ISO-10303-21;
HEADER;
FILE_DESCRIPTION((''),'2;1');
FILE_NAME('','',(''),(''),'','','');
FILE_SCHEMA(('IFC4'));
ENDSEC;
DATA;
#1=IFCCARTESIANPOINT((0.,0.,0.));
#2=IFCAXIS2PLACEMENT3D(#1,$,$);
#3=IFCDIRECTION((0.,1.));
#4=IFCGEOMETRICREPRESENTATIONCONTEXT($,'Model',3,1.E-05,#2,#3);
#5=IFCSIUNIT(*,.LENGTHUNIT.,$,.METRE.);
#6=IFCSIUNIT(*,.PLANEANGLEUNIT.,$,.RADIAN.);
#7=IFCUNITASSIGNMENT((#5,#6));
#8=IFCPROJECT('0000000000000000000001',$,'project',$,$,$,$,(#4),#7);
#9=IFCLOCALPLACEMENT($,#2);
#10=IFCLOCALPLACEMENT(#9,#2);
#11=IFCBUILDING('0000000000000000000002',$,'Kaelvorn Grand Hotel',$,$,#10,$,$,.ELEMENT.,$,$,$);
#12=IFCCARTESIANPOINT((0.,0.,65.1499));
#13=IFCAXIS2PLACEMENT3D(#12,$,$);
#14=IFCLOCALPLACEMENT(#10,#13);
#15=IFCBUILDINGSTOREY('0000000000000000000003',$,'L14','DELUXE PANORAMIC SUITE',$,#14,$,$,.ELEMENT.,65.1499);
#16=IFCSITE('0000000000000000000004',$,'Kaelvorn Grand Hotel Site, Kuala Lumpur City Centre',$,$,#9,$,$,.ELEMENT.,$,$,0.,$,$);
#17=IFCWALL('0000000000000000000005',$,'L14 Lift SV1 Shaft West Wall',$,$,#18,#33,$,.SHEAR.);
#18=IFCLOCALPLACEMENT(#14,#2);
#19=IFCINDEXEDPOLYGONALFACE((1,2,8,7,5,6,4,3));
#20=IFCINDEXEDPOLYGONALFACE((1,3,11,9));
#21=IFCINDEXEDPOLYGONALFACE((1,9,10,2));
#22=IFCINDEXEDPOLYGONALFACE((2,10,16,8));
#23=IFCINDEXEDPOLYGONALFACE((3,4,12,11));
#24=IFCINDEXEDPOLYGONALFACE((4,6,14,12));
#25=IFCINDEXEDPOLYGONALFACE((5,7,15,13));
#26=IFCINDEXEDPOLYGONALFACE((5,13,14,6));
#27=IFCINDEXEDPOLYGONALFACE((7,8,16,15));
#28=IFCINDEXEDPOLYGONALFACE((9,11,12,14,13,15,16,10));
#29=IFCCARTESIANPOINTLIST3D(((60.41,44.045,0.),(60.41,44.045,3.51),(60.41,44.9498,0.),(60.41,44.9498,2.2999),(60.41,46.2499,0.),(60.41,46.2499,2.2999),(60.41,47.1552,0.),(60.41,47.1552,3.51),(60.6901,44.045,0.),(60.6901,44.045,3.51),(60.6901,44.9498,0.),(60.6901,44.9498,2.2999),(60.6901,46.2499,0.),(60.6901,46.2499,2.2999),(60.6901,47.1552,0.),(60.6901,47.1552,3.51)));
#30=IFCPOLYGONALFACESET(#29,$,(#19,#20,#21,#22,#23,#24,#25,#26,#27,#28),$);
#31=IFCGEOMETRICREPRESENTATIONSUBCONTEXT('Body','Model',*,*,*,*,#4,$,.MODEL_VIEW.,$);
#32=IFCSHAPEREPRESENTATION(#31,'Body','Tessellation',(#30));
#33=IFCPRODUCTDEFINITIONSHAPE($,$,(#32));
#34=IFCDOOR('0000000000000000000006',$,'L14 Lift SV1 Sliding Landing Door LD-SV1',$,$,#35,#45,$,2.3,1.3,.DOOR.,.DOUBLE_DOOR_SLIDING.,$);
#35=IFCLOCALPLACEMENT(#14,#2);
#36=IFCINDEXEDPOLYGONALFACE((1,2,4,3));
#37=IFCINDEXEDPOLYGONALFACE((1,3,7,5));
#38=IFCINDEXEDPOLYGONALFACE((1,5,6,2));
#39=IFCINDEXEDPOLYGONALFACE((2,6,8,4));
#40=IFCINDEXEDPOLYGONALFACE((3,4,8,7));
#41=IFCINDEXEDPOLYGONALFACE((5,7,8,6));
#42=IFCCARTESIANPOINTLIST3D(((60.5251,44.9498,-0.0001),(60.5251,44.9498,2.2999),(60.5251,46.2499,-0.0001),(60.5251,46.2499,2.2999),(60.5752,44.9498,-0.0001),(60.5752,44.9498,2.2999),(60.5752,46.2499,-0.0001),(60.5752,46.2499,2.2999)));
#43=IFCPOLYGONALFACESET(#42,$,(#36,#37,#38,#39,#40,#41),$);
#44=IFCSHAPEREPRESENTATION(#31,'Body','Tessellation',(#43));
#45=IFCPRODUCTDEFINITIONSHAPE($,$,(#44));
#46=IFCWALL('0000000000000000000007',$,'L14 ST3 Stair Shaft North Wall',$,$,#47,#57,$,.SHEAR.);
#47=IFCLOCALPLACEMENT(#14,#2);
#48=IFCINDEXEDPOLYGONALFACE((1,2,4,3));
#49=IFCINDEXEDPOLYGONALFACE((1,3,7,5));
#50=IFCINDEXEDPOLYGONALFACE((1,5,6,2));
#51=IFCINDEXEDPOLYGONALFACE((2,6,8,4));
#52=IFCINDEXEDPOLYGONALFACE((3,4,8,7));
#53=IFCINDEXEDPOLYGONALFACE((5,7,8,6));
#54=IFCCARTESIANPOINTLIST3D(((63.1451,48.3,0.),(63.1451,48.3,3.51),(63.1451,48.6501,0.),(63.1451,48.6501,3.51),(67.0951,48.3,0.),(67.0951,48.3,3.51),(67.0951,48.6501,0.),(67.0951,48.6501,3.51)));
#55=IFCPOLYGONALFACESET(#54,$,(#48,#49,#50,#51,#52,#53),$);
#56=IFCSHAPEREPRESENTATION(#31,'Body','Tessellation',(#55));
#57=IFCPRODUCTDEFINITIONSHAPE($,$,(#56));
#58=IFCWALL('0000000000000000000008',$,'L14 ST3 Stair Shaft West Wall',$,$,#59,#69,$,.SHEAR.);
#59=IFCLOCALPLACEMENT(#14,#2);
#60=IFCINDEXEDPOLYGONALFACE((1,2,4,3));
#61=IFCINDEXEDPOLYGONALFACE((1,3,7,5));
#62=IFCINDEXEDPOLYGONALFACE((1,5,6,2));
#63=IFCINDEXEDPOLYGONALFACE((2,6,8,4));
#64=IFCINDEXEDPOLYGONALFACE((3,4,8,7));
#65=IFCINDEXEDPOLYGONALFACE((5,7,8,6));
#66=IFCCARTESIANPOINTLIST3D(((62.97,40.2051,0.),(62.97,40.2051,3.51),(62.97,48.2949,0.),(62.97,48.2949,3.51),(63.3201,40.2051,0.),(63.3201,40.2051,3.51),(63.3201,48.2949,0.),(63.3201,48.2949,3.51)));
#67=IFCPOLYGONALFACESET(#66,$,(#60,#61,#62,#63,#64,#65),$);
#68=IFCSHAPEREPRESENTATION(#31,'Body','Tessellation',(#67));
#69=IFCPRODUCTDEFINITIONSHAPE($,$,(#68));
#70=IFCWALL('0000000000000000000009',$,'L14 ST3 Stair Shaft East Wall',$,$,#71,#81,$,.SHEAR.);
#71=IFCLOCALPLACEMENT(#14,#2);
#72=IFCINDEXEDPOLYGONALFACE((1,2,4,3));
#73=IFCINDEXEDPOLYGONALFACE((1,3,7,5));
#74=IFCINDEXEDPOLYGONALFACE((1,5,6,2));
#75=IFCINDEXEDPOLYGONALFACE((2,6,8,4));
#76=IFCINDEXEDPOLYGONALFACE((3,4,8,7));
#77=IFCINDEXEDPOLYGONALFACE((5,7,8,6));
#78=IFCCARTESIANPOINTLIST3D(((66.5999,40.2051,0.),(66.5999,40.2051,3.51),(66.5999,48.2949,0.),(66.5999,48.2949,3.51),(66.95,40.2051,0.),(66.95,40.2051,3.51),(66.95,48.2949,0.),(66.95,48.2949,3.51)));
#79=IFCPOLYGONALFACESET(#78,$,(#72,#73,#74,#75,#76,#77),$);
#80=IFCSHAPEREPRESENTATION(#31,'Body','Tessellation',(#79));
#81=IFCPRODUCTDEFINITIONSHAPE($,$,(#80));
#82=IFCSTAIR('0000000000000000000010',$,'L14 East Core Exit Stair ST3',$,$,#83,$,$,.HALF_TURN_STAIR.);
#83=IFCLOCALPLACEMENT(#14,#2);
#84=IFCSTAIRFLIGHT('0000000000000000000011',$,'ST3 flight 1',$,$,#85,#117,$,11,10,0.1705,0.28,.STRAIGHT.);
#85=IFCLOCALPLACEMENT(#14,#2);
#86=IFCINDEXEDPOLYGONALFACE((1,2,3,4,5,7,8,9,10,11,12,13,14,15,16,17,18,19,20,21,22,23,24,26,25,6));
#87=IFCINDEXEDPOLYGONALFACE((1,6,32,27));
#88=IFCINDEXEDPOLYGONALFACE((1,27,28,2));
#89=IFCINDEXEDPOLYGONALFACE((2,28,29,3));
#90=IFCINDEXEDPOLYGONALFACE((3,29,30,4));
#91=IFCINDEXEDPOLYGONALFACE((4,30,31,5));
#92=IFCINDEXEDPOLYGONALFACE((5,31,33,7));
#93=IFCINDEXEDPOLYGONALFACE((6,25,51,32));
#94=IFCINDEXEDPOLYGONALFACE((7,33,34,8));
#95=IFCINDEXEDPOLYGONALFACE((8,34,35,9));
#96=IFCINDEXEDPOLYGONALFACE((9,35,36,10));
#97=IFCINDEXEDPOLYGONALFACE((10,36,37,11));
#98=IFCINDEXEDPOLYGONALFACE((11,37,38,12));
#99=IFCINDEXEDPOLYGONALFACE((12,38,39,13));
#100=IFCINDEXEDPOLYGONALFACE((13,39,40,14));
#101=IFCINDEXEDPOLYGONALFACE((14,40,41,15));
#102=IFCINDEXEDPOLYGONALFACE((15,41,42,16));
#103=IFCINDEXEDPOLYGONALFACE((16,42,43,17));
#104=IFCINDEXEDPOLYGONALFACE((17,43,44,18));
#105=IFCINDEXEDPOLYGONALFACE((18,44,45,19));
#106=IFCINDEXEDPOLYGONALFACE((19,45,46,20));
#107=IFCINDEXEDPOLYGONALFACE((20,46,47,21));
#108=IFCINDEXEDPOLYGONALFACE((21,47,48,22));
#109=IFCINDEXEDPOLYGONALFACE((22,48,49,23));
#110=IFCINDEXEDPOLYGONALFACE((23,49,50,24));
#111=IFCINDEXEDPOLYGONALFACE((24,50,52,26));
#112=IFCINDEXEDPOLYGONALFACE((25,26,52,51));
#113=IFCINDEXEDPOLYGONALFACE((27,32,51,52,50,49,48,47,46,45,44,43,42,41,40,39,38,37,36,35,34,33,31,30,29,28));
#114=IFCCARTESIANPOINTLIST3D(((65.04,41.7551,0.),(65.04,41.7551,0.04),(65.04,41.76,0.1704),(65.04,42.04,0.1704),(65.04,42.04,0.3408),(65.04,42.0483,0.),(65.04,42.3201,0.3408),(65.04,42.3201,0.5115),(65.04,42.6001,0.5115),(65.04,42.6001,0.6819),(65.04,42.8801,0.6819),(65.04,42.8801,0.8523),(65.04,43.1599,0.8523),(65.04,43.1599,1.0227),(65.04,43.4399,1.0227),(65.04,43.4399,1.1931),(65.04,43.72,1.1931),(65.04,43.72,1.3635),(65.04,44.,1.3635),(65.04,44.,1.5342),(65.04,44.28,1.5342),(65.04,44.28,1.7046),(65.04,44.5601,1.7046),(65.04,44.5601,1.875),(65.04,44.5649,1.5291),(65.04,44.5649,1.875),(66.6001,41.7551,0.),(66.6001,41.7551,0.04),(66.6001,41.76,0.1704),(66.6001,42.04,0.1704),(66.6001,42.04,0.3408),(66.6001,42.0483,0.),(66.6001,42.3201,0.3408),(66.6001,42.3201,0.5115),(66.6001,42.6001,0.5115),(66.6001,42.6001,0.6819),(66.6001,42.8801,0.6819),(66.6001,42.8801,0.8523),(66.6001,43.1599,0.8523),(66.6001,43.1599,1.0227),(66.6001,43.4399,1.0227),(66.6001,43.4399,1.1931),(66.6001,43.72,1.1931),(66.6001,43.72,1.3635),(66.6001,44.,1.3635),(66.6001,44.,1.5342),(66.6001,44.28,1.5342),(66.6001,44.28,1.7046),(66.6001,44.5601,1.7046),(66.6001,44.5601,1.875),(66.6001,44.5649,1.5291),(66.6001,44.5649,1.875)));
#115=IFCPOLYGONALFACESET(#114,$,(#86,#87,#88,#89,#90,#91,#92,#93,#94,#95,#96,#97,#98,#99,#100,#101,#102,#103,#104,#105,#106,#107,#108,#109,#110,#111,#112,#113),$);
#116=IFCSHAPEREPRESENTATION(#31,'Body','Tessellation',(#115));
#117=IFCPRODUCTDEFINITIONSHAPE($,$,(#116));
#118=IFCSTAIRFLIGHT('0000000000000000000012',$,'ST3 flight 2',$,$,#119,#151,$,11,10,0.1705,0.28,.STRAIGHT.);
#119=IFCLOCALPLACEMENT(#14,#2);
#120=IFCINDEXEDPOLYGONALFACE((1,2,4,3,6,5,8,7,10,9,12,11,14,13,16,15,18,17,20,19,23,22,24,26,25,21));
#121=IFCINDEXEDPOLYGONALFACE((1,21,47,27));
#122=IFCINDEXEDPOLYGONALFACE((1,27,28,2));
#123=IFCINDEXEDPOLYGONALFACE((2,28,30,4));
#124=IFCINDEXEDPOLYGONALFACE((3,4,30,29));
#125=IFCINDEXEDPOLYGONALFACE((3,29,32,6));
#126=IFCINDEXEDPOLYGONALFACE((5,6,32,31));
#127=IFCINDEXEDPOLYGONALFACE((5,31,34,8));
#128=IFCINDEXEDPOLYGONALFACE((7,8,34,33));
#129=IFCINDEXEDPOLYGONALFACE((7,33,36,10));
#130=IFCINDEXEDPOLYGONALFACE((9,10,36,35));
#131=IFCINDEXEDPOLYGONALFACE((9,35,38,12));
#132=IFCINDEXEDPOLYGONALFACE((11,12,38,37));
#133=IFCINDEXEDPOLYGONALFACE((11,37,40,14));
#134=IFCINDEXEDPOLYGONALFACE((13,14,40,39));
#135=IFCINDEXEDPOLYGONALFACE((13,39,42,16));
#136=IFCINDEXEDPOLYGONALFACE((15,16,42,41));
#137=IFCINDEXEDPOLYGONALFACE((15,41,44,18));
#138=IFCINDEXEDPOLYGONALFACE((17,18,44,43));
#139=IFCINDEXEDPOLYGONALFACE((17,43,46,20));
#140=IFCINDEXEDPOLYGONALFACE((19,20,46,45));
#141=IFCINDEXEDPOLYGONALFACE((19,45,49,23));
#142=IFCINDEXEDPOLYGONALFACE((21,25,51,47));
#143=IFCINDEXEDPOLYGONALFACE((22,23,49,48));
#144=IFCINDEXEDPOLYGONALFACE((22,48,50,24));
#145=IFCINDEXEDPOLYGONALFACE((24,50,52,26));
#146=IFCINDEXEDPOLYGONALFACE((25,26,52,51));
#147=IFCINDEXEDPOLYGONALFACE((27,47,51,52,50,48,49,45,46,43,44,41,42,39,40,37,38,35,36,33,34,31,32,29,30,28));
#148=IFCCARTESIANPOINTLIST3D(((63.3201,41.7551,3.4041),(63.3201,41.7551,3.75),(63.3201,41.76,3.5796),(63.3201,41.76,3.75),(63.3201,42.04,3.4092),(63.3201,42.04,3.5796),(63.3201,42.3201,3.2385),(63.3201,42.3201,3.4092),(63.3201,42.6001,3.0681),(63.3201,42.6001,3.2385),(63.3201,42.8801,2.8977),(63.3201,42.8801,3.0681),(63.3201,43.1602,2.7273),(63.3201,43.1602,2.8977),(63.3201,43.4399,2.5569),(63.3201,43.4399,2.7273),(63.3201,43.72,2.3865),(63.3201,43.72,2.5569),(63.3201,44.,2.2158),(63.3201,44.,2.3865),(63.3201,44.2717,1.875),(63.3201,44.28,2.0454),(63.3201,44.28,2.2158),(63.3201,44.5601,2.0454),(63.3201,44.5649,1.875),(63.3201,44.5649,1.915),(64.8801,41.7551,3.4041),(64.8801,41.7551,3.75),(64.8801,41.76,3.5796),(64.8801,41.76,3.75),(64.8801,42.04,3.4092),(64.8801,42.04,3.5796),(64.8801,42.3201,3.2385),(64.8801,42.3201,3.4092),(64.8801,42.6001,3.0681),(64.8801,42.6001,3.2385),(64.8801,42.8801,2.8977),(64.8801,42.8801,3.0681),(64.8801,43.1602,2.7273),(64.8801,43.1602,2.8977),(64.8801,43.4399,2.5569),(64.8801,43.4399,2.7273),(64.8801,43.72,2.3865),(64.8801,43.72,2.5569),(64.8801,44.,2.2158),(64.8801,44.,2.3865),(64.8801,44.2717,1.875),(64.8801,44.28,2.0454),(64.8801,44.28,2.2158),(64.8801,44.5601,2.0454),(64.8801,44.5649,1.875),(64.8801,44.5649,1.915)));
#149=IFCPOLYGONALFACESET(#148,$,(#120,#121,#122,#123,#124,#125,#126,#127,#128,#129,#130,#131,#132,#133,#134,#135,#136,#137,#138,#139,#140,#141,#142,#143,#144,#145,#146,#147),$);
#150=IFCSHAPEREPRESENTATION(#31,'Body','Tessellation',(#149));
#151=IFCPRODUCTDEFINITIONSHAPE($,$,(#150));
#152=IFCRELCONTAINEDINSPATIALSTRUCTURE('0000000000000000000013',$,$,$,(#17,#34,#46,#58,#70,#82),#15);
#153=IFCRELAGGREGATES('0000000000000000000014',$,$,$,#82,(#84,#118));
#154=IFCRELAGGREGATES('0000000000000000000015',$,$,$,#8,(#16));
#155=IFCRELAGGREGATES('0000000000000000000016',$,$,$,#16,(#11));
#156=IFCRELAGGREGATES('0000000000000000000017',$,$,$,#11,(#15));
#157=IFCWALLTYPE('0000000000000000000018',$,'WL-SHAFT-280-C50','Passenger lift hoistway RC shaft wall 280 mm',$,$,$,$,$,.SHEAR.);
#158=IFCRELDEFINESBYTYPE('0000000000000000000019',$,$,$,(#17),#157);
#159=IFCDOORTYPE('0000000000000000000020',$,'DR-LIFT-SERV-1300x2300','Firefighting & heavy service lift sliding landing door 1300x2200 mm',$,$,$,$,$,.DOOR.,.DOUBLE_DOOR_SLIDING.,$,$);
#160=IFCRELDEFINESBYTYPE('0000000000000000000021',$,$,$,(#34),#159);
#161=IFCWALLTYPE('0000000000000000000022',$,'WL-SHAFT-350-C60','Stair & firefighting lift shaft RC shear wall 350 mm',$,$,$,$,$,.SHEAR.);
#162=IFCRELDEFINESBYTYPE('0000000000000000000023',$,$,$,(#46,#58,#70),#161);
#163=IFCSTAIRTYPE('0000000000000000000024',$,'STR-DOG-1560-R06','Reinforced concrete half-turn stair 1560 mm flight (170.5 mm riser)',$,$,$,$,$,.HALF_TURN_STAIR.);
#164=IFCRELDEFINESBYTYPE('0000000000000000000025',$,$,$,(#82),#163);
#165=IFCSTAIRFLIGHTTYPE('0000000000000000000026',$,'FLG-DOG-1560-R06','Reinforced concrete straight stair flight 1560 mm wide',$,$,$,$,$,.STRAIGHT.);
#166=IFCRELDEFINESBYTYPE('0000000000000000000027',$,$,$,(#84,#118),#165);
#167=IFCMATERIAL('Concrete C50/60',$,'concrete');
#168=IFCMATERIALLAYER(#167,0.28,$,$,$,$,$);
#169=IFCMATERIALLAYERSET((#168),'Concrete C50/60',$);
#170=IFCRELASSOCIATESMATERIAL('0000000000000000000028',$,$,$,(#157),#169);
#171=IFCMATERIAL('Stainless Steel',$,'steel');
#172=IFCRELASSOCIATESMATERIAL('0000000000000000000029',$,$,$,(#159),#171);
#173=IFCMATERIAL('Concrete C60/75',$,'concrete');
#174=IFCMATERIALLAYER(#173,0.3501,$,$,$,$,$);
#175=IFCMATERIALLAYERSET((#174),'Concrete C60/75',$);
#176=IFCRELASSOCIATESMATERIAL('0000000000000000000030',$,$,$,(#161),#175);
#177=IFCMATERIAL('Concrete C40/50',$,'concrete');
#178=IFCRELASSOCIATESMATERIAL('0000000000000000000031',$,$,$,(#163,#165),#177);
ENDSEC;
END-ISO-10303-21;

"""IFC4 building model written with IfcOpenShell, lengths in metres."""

from ifc_helpers import new_model, si_unit, direction, frame, frame_2d, origin, place, context, subcontext, project, spatial, polyline, rectangle, outline, extrude, material, layer, layer_set, type_object, element, fill, aggregate, save


model = new_model("IFC4")

# Units and contexts
model_context = context("Model", 3, precision=1e-05, world=origin(), true_north=direction((0.0, 1.0)))
body_context = subcontext(model_context, "Body", "Model", "MODEL_VIEW")
ifc_project = project(units=[si_unit("LENGTHUNIT", "METRE"), si_unit("PLANEANGLEUNIT", "RADIAN")], contexts=[model_context])

# Site, building, storey
site_placement = place(None, origin())
site = spatial("IfcSite", under=ifc_project, at=site_placement, Name="Kaelvorn Grand Hotel Site, Kuala Lumpur City Centre", CompositionType="ELEMENT", RefElevation=0.0)
building_placement = place(site_placement, origin())
building = spatial("IfcBuilding", under=site, at=building_placement, Name="Kaelvorn Grand Hotel", CompositionType="ELEMENT")
storey_placement = place(building_placement, frame((0.0, 0.0, 65.1499)))
storey = spatial("IfcBuildingStorey", under=building, at=storey_placement, Name="L14", Description="DELUXE PANORAMIC SUITE", CompositionType="ELEMENT", Elevation=65.1499)

# Shared definitions
ifc_material_1 = material(Name="Concrete C60/75", Category="concrete")

# Shared definitions
ifc_material_2 = material(Name="Concrete C40/50", Category="concrete")
ifc_material_3 = material(Name="Concrete C50/60", Category="concrete")
ifc_layer_1 = layer(ifc_material_3, 0.28)
ifc_layer_set_1 = layer_set([ifc_layer_1], Name="Concrete C50/60")
wall_type_1 = type_object("IfcWallType", Name="WL-SHAFT-280-C50", Description="Passenger lift hoistway RC shaft wall 280 mm", PredefinedType="SHEAR", material=ifc_layer_set_1)

# Wall, opening, door
wall_1_placement = place(storey_placement, frame((60.55, 44.0449, 0.0), z_axis=(0.0, 0.0, 1.0), x_axis=(0.0, 1.0, 0.0)))
wall_1 = element("IfcWall", 1, at=wall_1_placement, inside=storey, type_object=wall_type_1, Name="L14 Lift SV1 Shaft West Wall", PredefinedType="SHEAR", context=body_context, shape_type="SweptSolid", body=[
    extrude(rectangle(XDim=3.1101, YDim=0.28, at=frame_2d((1.5552, 0.0))), origin(), (0.0, 0.0, 1.0), 3.51),
])
opening_1_placement = place(wall_1_placement, frame((0.905, 0.0, 0.0)))
opening_1 = element("IfcOpeningElement", 2, at=opening_1_placement, cuts=wall_1, PredefinedType="OPENING", context=body_context, shape_type="SweptSolid", body=[
    extrude(rectangle(XDim=1.3, YDim=2.3, at=frame_2d((0.6499, 1.1499))), frame((0.0, 0.1499, 0.0), z_axis=(0.0, -1.0, 0.0), x_axis=(1.0, 0.0, 0.0)), (0.0, 0.0, 1.0), 0.3),
])
ifc_material_4 = material(Name="Stainless Steel", Category="steel")
door_type_1 = type_object("IfcDoorType", Name="DR-LIFT-SERV-1300x2300", Description="Firefighting & heavy service lift sliding landing door 1300x2200 mm", OperationType="DOUBLE_DOOR_SLIDING", PredefinedType="DOOR", material=ifc_material_4)
door_1_placement = place(opening_1_placement, origin())
door_1 = element("IfcDoor", 3, at=door_1_placement, inside=storey, type_object=door_type_1, Name="L14 Lift SV1 Sliding Landing Door LD-SV1", OperationType="DOUBLE_DOOR_SLIDING", OverallHeight=2.3, OverallWidth=1.3, PredefinedType="DOOR", context=body_context, shape_type="SweptSolid", body=[
    extrude(rectangle(XDim=1.3, YDim=2.3, at=frame_2d((0.6499, 1.1499))), frame((0.0, 0.0249, 0.0), z_axis=(0.0, -1.0, 0.0), x_axis=(1.0, 0.0, 0.0)), (0.0, 0.0, 1.0), 0.05),
])
fill(opening_1, door_1)
ifc_layer_2 = layer(ifc_material_1, 0.3501)
ifc_layer_set_2 = layer_set([ifc_layer_2], Name="Concrete C60/75")
wall_type_2 = type_object("IfcWallType", Name="WL-SHAFT-350-C60", Description="Stair & firefighting lift shaft RC shear wall 350 mm", PredefinedType="SHEAR", material=ifc_layer_set_2)

# Walls
wall_2_placement = place(storey_placement, frame((63.145, 48.4751, 0.0), z_axis=(0.0, 0.0, 1.0), x_axis=(1.0, 0.0, 0.0)))
element("IfcWall", 4, at=wall_2_placement, inside=storey, type_object=wall_type_2, Name="L14 ST3 Stair Shaft North Wall", PredefinedType="SHEAR", context=body_context, shape_type="SweptSolid", body=[
    extrude(rectangle(XDim=3.95, YDim=0.3501, at=frame_2d((1.9751, 0.0))), origin(), (0.0, 0.0, 1.0), 3.51),
])
for number, where, z_axis, x_axis, name in (
    (5, (63.145, 40.2051, 0.0), (0.0, 0.0, 1.0), (0.0, 1.0, 0.0), "L14 ST3 Stair Shaft West Wall"),
    (6, (66.7749, 40.2051, 0.0), (0.0, 0.0, 1.0), (0.0, 1.0, 0.0), "L14 ST3 Stair Shaft East Wall"),
):
    element("IfcWall", number, at=place(storey_placement, frame(where, z_axis=z_axis, x_axis=x_axis)), inside=storey, type_object=wall_type_2, Name=name, PredefinedType="SHEAR", context=body_context, shape_type="SweptSolid", body=[
        extrude(rectangle(XDim=8.0898, YDim=0.3501, at=frame_2d((4.0449, 0.0))), origin(), (0.0, 0.0, 1.0), 3.51),
    ])

# Stair, stair flights
stair_type = type_object("IfcStairType", Name="STR-DOG-1560-R06", Description="Reinforced concrete half-turn stair 1560 mm flight (170.5 mm riser)", PredefinedType="HALF_TURN_STAIR", material=ifc_material_2)
stair_placement = place(storey_placement, origin())
stair = element("IfcStair", 7, at=stair_placement, inside=storey, type_object=stair_type, Name="L14 East Core Exit Stair ST3", PredefinedType="HALF_TURN_STAIR")
stair_flight_type = type_object("IfcStairFlightType", Name="FLG-DOG-1560-R06", Description="Reinforced concrete straight stair flight 1560 mm wide", PredefinedType="STRAIGHT", material=ifc_material_2)
stair_flight_1_placement = place(storey_placement, frame((65.8201, 41.76, 0.0), z_axis=(0.0, 0.0, 1.0), x_axis=(0.0, 1.0, 0.0)))
stair_flight_1 = element("IfcStairFlight", 8, at=stair_flight_1_placement, type_object=stair_flight_type, Name="ST3 flight 1", NumberOfRisers=11, NumberOfTreads=10, PredefinedType="STRAIGHT", RiserHeight=0.1705, TreadLength=0.28, context=body_context, shape_type="SweptSolid", body=[
    extrude(outline(polyline([(-0.0049, 0.0), (-0.0049, 0.04), (0.0, 0.1704), (0.28, 0.1704), (0.28, 0.3408), (0.5601, 0.3408), (0.5601, 0.5115), (0.8401, 0.5115), (0.8401, 0.6819), (1.1201, 0.6819), (1.1201, 0.8523), (1.3999, 0.8523), (1.3999, 1.0227), (1.6799, 1.0227), (1.6799, 1.1931), (1.96, 1.1931), (1.96, 1.3635), (2.24, 1.3635), (2.24, 1.5342), (2.52, 1.5342), (2.52, 1.7046), (2.8, 1.7046), (2.8, 1.875), (2.8049, 1.875), (2.8049, 1.5291), (0.2883, 0.0), (-0.0049, 0.0)])), frame((0.0, 0.78, 0.0), z_axis=(0.0, -1.0, 0.0), x_axis=(1.0, 0.0, 0.0)), (0.0, 0.0, 1.0), 1.5601),
])
stair_flight_2_placement = place(storey_placement, frame((64.1001, 44.5601, 1.875), z_axis=(0.0, 0.0, 1.0), x_axis=(0.0, -1.0, 0.0)))
stair_flight_2 = element("IfcStairFlight", 9, at=stair_flight_2_placement, type_object=stair_flight_type, Name="ST3 flight 2", NumberOfRisers=11, NumberOfTreads=10, PredefinedType="STRAIGHT", RiserHeight=0.1705, TreadLength=0.28, context=body_context, shape_type="SweptSolid", body=[
    extrude(outline(polyline([(-0.0049, 0.0), (-0.0049, 0.04), (0.0, 0.1704), (0.28, 0.1704), (0.28, 0.3408), (0.5601, 0.3408), (0.5601, 0.5115), (0.8401, 0.5115), (0.8401, 0.6819), (1.1201, 0.6819), (1.1201, 0.8523), (1.3999, 0.8523), (1.3999, 1.0227), (1.6799, 1.0227), (1.6799, 1.1931), (1.96, 1.1931), (1.96, 1.3635), (2.24, 1.3635), (2.24, 1.5342), (2.52, 1.5342), (2.52, 1.7046), (2.8, 1.7046), (2.8, 1.875), (2.8049, 1.875), (2.8049, 1.5291), (0.2883, 0.0), (-0.0049, 0.0)])), frame((0.0, 0.78, 0.0), z_axis=(0.0, -1.0, 0.0), x_axis=(1.0, 0.0, 0.0)), (0.0, 0.0, 1.0), 1.5601),
])
aggregate(stair, [stair_flight_1, stair_flight_2])

save(model, "model.ifc")
